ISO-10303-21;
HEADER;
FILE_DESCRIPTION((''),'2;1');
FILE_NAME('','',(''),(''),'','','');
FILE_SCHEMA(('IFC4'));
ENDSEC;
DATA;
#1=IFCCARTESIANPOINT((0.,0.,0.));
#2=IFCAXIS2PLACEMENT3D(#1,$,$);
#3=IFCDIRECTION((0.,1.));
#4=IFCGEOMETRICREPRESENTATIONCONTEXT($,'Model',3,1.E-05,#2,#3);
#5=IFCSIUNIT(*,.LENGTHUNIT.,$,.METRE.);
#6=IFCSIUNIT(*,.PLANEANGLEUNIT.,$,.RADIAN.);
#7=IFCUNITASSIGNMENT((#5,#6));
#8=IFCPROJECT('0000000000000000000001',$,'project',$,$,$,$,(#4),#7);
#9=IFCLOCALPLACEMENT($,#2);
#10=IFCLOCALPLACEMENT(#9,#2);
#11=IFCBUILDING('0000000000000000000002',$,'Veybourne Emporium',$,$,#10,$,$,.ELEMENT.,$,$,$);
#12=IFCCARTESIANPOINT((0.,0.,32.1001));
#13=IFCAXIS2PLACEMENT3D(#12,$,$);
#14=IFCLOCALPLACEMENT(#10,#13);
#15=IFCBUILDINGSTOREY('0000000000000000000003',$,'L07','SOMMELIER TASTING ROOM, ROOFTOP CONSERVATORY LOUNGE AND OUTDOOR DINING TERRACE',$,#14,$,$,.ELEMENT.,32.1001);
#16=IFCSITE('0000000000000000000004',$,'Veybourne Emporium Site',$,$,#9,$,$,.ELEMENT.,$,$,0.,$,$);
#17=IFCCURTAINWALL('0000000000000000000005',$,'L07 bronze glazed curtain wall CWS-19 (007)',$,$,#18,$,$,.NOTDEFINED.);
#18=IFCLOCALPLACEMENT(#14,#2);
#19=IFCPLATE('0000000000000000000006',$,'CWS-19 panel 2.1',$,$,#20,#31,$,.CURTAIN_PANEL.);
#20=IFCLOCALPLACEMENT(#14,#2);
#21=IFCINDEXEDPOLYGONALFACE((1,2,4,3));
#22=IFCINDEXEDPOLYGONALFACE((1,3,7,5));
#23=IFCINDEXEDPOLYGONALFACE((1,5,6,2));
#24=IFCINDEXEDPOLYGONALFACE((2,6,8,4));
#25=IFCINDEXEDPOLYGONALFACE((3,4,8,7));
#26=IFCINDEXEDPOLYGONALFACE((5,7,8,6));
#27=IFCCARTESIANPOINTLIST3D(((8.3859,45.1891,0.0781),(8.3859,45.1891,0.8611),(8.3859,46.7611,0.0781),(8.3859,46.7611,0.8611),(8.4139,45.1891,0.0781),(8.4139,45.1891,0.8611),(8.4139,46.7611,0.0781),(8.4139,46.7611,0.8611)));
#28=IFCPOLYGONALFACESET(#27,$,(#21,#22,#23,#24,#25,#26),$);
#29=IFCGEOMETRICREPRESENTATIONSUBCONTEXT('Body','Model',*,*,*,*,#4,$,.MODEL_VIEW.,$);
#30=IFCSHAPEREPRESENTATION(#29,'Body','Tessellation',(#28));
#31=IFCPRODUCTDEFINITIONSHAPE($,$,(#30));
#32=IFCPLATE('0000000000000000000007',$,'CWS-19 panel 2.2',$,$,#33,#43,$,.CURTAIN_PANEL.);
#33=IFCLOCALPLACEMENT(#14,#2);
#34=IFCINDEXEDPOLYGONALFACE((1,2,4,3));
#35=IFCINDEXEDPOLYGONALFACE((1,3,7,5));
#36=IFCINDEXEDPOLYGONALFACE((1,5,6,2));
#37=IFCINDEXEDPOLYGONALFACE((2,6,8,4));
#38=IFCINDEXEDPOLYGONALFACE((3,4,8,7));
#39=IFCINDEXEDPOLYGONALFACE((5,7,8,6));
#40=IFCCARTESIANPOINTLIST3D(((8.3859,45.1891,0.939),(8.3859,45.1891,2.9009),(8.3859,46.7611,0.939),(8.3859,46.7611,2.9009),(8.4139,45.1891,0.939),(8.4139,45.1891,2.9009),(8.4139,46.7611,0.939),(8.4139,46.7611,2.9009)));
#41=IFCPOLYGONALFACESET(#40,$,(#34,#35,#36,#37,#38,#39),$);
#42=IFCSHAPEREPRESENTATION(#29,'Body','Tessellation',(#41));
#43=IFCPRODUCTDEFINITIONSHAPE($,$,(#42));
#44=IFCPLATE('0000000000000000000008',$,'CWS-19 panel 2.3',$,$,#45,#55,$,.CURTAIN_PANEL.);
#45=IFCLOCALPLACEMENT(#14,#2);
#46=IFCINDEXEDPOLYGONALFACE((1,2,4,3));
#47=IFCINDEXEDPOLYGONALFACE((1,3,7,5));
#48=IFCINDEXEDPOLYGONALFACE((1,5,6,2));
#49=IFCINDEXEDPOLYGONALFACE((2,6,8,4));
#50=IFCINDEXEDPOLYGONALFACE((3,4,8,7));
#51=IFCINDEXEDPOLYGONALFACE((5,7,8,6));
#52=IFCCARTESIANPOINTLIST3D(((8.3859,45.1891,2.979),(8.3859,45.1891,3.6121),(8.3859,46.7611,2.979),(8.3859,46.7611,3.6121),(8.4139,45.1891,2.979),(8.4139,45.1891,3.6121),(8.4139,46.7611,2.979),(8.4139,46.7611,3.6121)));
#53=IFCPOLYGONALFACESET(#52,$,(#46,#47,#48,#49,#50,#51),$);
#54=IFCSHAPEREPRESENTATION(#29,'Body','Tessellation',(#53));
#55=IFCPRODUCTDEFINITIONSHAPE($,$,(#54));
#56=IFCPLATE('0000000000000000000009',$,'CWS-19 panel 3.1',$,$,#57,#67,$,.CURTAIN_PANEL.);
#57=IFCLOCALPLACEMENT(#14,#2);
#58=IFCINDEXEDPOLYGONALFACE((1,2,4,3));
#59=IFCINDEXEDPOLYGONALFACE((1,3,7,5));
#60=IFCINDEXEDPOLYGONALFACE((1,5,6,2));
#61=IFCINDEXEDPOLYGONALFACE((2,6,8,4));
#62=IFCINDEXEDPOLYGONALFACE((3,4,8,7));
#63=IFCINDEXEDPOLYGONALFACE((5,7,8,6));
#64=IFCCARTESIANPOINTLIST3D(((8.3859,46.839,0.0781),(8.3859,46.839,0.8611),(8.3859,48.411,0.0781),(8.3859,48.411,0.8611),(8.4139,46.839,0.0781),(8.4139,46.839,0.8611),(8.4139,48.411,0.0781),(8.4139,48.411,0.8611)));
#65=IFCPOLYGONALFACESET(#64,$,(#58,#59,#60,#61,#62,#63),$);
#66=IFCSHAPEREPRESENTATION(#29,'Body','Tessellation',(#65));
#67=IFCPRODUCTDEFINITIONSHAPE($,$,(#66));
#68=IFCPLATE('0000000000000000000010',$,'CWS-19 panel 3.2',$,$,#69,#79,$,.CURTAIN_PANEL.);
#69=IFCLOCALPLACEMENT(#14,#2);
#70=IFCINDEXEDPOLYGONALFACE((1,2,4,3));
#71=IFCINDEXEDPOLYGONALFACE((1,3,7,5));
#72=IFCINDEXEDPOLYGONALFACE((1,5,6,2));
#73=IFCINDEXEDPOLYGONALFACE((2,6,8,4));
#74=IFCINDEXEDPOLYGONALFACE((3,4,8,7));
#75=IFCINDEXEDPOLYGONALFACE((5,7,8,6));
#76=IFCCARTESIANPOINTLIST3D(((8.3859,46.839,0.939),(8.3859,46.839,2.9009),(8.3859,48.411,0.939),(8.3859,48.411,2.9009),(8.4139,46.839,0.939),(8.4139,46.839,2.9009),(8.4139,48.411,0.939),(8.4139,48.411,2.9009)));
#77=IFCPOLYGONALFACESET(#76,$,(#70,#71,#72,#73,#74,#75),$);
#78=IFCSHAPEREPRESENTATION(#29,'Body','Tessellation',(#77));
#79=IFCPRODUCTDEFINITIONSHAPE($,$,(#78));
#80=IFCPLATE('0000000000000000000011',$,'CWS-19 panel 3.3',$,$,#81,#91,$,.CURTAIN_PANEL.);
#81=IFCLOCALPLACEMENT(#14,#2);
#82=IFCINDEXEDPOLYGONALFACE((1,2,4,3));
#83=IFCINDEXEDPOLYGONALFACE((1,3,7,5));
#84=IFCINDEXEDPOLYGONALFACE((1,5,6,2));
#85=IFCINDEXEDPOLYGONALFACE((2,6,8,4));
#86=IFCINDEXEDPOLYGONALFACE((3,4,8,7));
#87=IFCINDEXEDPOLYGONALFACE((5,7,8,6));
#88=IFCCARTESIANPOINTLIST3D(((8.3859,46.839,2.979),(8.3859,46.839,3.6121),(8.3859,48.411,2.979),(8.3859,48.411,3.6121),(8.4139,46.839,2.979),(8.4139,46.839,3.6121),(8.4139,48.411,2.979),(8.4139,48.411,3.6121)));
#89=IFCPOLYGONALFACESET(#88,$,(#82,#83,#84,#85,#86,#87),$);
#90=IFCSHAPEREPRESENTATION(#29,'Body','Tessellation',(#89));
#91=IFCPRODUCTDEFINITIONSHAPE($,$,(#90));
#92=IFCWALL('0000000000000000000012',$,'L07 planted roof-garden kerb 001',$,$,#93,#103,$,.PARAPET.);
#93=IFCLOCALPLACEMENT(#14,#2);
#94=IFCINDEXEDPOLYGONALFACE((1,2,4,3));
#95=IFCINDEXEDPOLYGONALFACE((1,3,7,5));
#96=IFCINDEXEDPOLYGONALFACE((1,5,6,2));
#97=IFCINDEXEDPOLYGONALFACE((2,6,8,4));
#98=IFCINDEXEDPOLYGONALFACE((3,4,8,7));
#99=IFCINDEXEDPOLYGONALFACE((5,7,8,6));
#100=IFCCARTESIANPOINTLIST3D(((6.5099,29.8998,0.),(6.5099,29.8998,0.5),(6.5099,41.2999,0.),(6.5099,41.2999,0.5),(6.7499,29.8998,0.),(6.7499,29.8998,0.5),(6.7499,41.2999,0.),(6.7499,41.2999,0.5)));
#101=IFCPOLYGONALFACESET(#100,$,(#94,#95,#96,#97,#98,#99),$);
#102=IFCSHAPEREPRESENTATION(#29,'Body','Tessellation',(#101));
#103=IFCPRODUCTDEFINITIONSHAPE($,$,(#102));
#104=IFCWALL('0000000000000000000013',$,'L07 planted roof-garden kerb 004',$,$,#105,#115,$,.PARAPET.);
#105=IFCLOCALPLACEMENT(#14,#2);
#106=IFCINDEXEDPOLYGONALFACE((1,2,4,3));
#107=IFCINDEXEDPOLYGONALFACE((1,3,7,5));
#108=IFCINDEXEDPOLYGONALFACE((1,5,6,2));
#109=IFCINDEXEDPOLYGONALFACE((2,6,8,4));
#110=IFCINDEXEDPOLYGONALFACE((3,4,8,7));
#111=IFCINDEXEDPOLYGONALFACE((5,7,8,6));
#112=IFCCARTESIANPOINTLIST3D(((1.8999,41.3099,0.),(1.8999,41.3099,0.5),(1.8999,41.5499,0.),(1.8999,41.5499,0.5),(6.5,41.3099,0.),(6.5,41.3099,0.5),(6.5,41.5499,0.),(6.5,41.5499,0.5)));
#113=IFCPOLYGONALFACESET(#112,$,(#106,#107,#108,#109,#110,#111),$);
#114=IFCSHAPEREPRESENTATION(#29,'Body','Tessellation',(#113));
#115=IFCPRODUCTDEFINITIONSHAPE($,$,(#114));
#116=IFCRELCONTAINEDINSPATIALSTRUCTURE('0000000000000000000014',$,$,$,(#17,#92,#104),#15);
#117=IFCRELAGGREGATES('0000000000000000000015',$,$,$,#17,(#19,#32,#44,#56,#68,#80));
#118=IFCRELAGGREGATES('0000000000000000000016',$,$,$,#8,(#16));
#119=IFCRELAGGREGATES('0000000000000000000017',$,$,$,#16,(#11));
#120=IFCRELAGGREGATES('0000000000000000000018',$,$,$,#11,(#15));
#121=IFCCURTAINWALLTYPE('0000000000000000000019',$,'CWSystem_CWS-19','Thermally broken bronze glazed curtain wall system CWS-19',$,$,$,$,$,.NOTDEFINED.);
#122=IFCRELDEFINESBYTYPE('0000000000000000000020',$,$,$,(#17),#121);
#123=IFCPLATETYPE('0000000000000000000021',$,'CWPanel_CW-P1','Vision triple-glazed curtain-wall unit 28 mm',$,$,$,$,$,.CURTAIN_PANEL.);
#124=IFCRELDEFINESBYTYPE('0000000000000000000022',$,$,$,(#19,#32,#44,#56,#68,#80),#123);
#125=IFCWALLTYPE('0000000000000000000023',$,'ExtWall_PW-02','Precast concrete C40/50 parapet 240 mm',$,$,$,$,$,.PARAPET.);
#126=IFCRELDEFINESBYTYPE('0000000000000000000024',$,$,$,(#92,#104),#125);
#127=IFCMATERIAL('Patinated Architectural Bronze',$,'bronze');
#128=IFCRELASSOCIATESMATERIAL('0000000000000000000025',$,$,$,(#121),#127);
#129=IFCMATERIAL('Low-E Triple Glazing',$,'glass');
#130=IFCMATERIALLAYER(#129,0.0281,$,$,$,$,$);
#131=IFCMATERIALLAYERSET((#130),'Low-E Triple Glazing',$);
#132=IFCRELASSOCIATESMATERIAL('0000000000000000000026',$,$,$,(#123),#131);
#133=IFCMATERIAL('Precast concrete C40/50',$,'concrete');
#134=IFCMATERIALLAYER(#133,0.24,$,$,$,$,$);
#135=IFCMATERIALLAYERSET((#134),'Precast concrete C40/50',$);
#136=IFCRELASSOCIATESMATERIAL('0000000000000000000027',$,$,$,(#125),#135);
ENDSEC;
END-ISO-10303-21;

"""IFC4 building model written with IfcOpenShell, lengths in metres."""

from ifc_helpers import new_model, si_unit, direction, frame, frame_2d, origin, origin_2d, place, context, subcontext, project, spatial, rectangle, extrude, material, layer, layer_set, type_object, element, aggregate, save


model = new_model("IFC4")

# Units and contexts
model_context = context("Model", 3, precision=1e-05, world=origin(), true_north=direction((0.0, 1.0)))
body_context = subcontext(model_context, "Body", "Model", "MODEL_VIEW")
ifc_project = project(units=[si_unit("LENGTHUNIT", "METRE"), si_unit("PLANEANGLEUNIT", "RADIAN")], contexts=[model_context])

# Site, building, storey
site_placement = place(None, origin())
site = spatial("IfcSite", under=ifc_project, at=site_placement, Name="Veybourne Emporium Site", CompositionType="ELEMENT", RefElevation=0.0)
building_placement = place(site_placement, origin())
building = spatial("IfcBuilding", under=site, at=building_placement, Name="Veybourne Emporium", CompositionType="ELEMENT")
storey_placement = place(building_placement, frame((0.0, 0.0, 32.1001)))
storey = spatial("IfcBuildingStorey", under=building, at=storey_placement, Name="L07", Description="SOMMELIER TASTING ROOM, ROOFTOP CONSERVATORY LOUNGE AND OUTDOOR DINING TERRACE", CompositionType="ELEMENT", Elevation=32.1001)

# Curtain wall
ifc_material_1 = material(Name="Patinated Architectural Bronze", Category="bronze")
curtain_wall_type = type_object("IfcCurtainWallType", Name="CWSystem_CWS-19", Description="Thermally broken bronze glazed curtain wall system CWS-19", PredefinedType="NOTDEFINED", material=ifc_material_1)
curtain_wall_placement = place(storey_placement, origin())
curtain_wall = element("IfcCurtainWall", 1, at=curtain_wall_placement, inside=storey, type_object=curtain_wall_type, Name="L07 bronze glazed curtain wall CWS-19 (007)", PredefinedType="NOTDEFINED")

# Plates
ifc_material_2 = material(Name="Low-E Triple Glazing", Category="glass")
ifc_layer_1 = layer(ifc_material_2, 0.0281)
ifc_layer_set_1 = layer_set([ifc_layer_1], Name="Low-E Triple Glazing")
plate_type = type_object("IfcPlateType", Name="CWPanel_CW-P1", Description="Vision triple-glazed curtain-wall unit 28 mm", PredefinedType="CURTAIN_PANEL", material=ifc_layer_set_1)
plate_1_placement = place(storey_placement, frame((8.3999, 45.9751, 0.0781), z_axis=(0.0, 0.0, 1.0), x_axis=(0.0, 1.0, 0.0)))
plate_1 = element("IfcPlate", 2, at=plate_1_placement, type_object=plate_type, Name="CWS-19 panel 2.1", PredefinedType="CURTAIN_PANEL", context=body_context, shape_type="SweptSolid", body=[
    extrude(rectangle(XDim=1.572, YDim=0.0281, at=origin_2d()), origin(), (0.0, 0.0, 1.0), 0.783),
])
plate_2_placement = place(storey_placement, frame((8.3999, 45.9751, 0.939), z_axis=(0.0, 0.0, 1.0), x_axis=(0.0, 1.0, 0.0)))
plate_2 = element("IfcPlate", 3, at=plate_2_placement, type_object=plate_type, Name="CWS-19 panel 2.2", PredefinedType="CURTAIN_PANEL", context=body_context, shape_type="SweptSolid", body=[
    extrude(rectangle(XDim=1.572, YDim=0.0281, at=origin_2d()), origin(), (0.0, 0.0, 1.0), 1.9619),
])
plate_3_placement = place(storey_placement, frame((8.3999, 45.9751, 2.979), z_axis=(0.0, 0.0, 1.0), x_axis=(0.0, 1.0, 0.0)))
plate_3 = element("IfcPlate", 4, at=plate_3_placement, type_object=plate_type, Name="CWS-19 panel 2.3", PredefinedType="CURTAIN_PANEL", context=body_context, shape_type="SweptSolid", body=[
    extrude(rectangle(XDim=1.572, YDim=0.0281, at=origin_2d()), origin(), (0.0, 0.0, 1.0), 0.6331),
])
plate_4_placement = place(storey_placement, frame((8.3999, 47.625, 0.0781), z_axis=(0.0, 0.0, 1.0), x_axis=(0.0, 1.0, 0.0)))
plate_4 = element("IfcPlate", 5, at=plate_4_placement, type_object=plate_type, Name="CWS-19 panel 3.1", PredefinedType="CURTAIN_PANEL", context=body_context, shape_type="SweptSolid", body=[
    extrude(rectangle(XDim=1.572, YDim=0.0281, at=origin_2d()), origin(), (0.0, 0.0, 1.0), 0.783),
])
plate_5_placement = place(storey_placement, frame((8.3999, 47.625, 0.939), z_axis=(0.0, 0.0, 1.0), x_axis=(0.0, 1.0, 0.0)))
plate_5 = element("IfcPlate", 6, at=plate_5_placement, type_object=plate_type, Name="CWS-19 panel 3.2", PredefinedType="CURTAIN_PANEL", context=body_context, shape_type="SweptSolid", body=[
    extrude(rectangle(XDim=1.572, YDim=0.0281, at=origin_2d()), origin(), (0.0, 0.0, 1.0), 1.9619),
])
plate_6_placement = place(storey_placement, frame((8.3999, 47.625, 2.979), z_axis=(0.0, 0.0, 1.0), x_axis=(0.0, 1.0, 0.0)))
plate_6 = element("IfcPlate", 7, at=plate_6_placement, type_object=plate_type, Name="CWS-19 panel 3.3", PredefinedType="CURTAIN_PANEL", context=body_context, shape_type="SweptSolid", body=[
    extrude(rectangle(XDim=1.572, YDim=0.0281, at=origin_2d()), origin(), (0.0, 0.0, 1.0), 0.6331),
])
aggregate(curtain_wall, [plate_1, plate_2, plate_3, plate_4, plate_5, plate_6])

# Walls
ifc_material_3 = material(Name="Precast concrete C40/50", Category="concrete")
ifc_layer_2 = layer(ifc_material_3, 0.24)
ifc_layer_set_2 = layer_set([ifc_layer_2], Name="Precast concrete C40/50")
wall_type = type_object("IfcWallType", Name="ExtWall_PW-02", Description="Precast concrete C40/50 parapet 240 mm", PredefinedType="PARAPET", material=ifc_layer_set_2)
wall_1_placement = place(storey_placement, frame((6.6299, 41.3, 0.0), z_axis=(0.0, 0.0, 1.0), x_axis=(0.0, -1.0, 0.0)))
element("IfcWall", 8, at=wall_1_placement, inside=storey, type_object=wall_type, Name="L07 planted roof-garden kerb 001", PredefinedType="PARAPET", context=body_context, shape_type="SweptSolid", body=[
    extrude(rectangle(XDim=11.4001, YDim=0.24, at=frame_2d((5.7002, 0.0))), origin(), (0.0, 0.0, 1.0), 0.5),
])
wall_2_placement = place(storey_placement, frame((1.8999, 41.4299, 0.0), z_axis=(0.0, 0.0, 1.0), x_axis=(1.0, 0.0, 0.0)))
element("IfcWall", 9, at=wall_2_placement, inside=storey, type_object=wall_type, Name="L07 planted roof-garden kerb 004", PredefinedType="PARAPET", context=body_context, shape_type="SweptSolid", body=[
    extrude(rectangle(XDim=4.6001, YDim=0.24, at=frame_2d((2.3, 0.0))), origin(), (0.0, 0.0, 1.0), 0.5),
])

save(model, "model.ifc")
